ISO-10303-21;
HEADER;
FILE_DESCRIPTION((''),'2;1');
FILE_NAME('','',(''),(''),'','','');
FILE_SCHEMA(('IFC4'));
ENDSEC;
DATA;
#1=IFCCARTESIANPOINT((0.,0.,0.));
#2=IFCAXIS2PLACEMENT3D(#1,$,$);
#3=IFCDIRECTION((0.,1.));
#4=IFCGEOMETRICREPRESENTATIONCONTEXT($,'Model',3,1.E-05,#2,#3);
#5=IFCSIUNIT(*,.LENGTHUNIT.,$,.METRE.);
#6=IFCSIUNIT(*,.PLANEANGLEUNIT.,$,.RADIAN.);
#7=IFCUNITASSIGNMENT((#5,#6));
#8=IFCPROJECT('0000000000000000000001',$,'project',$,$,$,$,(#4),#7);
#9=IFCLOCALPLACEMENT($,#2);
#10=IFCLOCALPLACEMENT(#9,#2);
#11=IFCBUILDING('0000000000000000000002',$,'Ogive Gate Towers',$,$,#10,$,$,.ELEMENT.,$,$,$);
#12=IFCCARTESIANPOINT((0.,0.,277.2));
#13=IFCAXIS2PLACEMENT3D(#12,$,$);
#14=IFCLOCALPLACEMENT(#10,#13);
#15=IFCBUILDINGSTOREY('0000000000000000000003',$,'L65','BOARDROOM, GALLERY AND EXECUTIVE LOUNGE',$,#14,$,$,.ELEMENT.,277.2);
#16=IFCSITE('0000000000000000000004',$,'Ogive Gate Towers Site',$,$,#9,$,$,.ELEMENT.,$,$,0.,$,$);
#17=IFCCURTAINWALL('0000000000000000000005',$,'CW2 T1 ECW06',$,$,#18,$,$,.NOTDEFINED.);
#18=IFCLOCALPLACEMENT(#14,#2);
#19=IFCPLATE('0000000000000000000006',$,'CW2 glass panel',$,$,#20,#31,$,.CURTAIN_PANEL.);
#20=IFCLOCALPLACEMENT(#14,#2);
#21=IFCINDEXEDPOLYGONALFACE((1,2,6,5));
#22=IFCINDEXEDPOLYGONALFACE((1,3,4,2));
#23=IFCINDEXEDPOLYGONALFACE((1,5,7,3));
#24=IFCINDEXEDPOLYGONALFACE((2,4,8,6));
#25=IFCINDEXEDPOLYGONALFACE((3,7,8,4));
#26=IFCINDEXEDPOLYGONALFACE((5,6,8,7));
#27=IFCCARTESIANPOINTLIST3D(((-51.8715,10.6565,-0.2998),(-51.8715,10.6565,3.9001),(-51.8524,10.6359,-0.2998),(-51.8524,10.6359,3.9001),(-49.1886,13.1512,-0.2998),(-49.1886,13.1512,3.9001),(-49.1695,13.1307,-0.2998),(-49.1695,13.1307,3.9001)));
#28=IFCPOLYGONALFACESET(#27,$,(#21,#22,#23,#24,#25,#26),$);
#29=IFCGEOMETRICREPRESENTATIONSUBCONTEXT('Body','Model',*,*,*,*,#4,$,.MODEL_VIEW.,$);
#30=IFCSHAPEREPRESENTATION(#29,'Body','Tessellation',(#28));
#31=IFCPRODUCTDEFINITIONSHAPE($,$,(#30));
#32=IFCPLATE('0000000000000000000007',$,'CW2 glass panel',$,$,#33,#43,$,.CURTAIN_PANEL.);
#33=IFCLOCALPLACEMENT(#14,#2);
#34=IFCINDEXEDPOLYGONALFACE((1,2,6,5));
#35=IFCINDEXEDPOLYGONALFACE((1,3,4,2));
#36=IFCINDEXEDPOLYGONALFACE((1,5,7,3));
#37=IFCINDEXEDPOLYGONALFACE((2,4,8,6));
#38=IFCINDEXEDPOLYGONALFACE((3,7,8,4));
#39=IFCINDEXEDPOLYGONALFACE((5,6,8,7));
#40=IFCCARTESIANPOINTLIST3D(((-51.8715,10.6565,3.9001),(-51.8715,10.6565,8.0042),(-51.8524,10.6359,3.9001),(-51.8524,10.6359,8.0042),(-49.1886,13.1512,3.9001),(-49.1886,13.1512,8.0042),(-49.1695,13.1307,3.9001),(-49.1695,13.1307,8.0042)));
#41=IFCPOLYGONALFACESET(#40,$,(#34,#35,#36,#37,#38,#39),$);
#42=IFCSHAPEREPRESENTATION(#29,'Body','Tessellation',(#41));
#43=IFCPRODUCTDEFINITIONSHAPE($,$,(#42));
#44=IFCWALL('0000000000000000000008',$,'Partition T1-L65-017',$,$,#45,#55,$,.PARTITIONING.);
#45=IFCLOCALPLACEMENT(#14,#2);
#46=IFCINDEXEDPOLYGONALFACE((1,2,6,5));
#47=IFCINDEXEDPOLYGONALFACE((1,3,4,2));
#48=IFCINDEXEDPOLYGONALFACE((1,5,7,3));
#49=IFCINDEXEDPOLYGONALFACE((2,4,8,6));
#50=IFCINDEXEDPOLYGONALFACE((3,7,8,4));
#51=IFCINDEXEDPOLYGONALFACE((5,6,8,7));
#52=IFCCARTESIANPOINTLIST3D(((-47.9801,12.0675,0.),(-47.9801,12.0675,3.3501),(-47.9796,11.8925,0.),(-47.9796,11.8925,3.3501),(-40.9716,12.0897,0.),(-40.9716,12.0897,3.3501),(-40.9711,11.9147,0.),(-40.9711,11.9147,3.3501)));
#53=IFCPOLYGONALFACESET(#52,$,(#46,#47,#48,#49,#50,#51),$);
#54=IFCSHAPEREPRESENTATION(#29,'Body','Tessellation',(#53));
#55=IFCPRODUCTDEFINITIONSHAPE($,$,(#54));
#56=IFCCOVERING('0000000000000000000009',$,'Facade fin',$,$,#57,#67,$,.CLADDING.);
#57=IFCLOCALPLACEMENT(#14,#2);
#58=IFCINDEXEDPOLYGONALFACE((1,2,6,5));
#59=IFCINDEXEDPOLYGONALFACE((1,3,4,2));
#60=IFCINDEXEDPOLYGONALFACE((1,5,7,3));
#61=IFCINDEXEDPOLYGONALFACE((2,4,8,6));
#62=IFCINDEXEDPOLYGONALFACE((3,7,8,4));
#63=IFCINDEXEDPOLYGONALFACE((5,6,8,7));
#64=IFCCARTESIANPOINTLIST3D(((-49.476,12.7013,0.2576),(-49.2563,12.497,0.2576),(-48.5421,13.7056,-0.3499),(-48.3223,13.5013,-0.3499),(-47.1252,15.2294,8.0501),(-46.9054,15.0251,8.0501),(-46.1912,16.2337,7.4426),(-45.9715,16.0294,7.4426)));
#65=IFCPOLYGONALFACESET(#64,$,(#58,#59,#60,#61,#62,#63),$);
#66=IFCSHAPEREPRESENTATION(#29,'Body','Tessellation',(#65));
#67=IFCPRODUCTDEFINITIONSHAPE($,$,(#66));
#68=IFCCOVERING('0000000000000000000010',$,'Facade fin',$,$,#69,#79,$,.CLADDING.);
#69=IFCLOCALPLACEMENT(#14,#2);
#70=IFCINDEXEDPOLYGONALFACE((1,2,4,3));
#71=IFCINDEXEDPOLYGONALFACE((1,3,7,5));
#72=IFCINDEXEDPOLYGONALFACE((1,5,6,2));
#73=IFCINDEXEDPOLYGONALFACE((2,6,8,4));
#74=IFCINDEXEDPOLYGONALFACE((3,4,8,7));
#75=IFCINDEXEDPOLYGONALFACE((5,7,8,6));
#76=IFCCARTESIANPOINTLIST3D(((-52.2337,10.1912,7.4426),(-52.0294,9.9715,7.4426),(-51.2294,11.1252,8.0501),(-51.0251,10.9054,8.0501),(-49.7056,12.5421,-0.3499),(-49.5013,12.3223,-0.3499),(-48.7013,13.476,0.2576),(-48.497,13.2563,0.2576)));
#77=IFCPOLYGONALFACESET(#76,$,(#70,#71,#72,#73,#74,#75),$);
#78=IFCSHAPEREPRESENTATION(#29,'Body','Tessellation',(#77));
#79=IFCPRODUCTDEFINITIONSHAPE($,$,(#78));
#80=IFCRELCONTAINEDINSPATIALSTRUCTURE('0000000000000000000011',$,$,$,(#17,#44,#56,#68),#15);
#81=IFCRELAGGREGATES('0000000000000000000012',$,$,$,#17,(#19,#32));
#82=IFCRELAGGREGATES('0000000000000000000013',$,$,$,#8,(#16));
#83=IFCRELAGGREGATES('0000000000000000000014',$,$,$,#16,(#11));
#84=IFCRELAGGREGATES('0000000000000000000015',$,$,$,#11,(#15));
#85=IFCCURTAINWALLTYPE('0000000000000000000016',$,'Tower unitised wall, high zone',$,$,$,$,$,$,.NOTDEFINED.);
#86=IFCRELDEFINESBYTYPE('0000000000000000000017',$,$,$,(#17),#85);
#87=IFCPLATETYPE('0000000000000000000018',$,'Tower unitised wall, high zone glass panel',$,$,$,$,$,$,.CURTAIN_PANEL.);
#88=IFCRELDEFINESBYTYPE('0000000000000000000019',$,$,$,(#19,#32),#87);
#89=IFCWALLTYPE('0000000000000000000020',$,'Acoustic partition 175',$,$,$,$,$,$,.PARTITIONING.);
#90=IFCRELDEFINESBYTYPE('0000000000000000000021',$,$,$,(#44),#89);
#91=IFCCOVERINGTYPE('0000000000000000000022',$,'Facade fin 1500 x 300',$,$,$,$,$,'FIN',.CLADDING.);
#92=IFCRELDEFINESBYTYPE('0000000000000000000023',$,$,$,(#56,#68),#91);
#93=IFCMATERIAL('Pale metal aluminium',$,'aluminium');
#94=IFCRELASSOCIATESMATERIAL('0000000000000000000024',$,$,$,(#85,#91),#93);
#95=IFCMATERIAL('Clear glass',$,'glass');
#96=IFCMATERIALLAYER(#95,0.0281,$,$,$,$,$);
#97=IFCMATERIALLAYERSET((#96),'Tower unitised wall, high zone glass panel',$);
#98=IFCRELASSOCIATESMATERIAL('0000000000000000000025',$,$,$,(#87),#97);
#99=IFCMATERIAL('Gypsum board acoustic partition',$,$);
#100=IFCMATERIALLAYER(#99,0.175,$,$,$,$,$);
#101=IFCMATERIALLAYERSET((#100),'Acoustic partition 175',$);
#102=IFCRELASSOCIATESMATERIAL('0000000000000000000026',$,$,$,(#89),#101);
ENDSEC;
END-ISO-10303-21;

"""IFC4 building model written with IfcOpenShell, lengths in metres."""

from ifc_helpers import new_model, si_unit, direction, frame, frame_2d, origin, origin_2d, place, context, subcontext, project, spatial, rectangle, extrude, material, layer, layer_set, material_profile, profile_set, type_object, element, aggregate, save


model = new_model("IFC4")

# Units and contexts
model_context = context("Model", 3, precision=1e-05, world=origin(), true_north=direction((0.0, 1.0)))
body_context = subcontext(model_context, "Body", "Model", "MODEL_VIEW")
ifc_project = project(units=[si_unit("LENGTHUNIT", "METRE"), si_unit("PLANEANGLEUNIT", "RADIAN")], contexts=[model_context])

# Site, building, storey
site_placement = place(None, origin())
site = spatial("IfcSite", under=ifc_project, at=site_placement, Name="Ogive Gate Towers Site", CompositionType="ELEMENT", RefElevation=0.0)
building_placement = place(site_placement, origin())
building = spatial("IfcBuilding", under=site, at=building_placement, Name="Ogive Gate Towers", CompositionType="ELEMENT")
storey_placement = place(building_placement, frame((0.0, 0.0, 277.2)))
storey = spatial("IfcBuildingStorey", under=building, at=storey_placement, Name="L65", Description="BOARDROOM, GALLERY AND EXECUTIVE LOUNGE", CompositionType="ELEMENT", Elevation=277.2)

# Shared definitions
ifc_material_1 = material(Name="Pale metal aluminium", Category="aluminium")
curtain_wall_type = type_object("IfcCurtainWallType", Name="Tower unitised wall, high zone", PredefinedType="NOTDEFINED", material=ifc_material_1)

# Curtain wall
curtain_wall_1_placement = place(storey_placement, origin())
curtain_wall_1 = element("IfcCurtainWall", 1, at=curtain_wall_1_placement, inside=storey, type_object=curtain_wall_type, Name="CW2 T1 ECW06", PredefinedType="NOTDEFINED")

# Plates
ifc_material_2 = material(Name="Clear glass", Category="glass")
ifc_layer_1 = layer(ifc_material_2, 0.0281)
ifc_layer_set_1 = layer_set([ifc_layer_1], Name="Tower unitised wall, high zone glass panel")
plate_type = type_object("IfcPlateType", Name="Tower unitised wall, high zone glass panel", PredefinedType="CURTAIN_PANEL", material=ifc_layer_set_1)
plate_1_placement = place(storey_placement, frame((-50.5205, 11.8936, -0.2998), z_axis=(0.0, 0.0, 1.0), x_axis=(0.732317, 0.680964, 0.0)))
plate_1 = element("IfcPlate", 2, at=plate_1_placement, type_object=plate_type, Name="CW2 glass panel", PredefinedType="CURTAIN_PANEL", context=body_context, shape_type="SweptSolid", body=[
    extrude(rectangle(XDim=3.6636, YDim=0.0281, at=origin_2d()), origin(), (0.0, 0.0, 1.0), 4.2),
])
plate_2_placement = place(storey_placement, frame((-50.5205, 11.8936, 3.9001), z_axis=(0.0, 0.0, 1.0), x_axis=(0.732317, 0.680964, 0.0)))
plate_2 = element("IfcPlate", 3, at=plate_2_placement, type_object=plate_type, Name="CW2 glass panel", PredefinedType="CURTAIN_PANEL", context=body_context, shape_type="SweptSolid", body=[
    extrude(rectangle(XDim=3.6636, YDim=0.0281, at=origin_2d()), origin(), (0.0, 0.0, 1.0), 4.104),
])
aggregate(curtain_wall_1, [plate_1, plate_2])

# Wall
ifc_material_3 = material(Name="Gypsum board acoustic partition")
ifc_layer_2 = layer(ifc_material_3, 0.175)
ifc_layer_set_2 = layer_set([ifc_layer_2], Name="Acoustic partition 175")
wall_type = type_object("IfcWallType", Name="Acoustic partition 175", PredefinedType="PARTITIONING", material=ifc_layer_set_2)
wall_placement = place(storey_placement, frame((-47.98, 11.98, 0.0), z_axis=(0.0, 0.0, 1.0), x_axis=(0.999995, 0.00317, 0.0)))
element("IfcWall", 4, at=wall_placement, inside=storey, type_object=wall_type, Name="Partition T1-L65-017", PredefinedType="PARTITIONING", context=body_context, shape_type="SweptSolid", body=[
    extrude(rectangle(XDim=7.0085, YDim=0.175, at=frame_2d((3.5044, 0.0))), origin(), (0.0, 0.0, 1.0), 3.3501),
])

# Coverings
ifc_material_profile_1 = material_profile(ifc_material_1, rectangle(XDim=0.3, YDim=1.5, at=origin_2d()), Name="1500 x 300 pale metal aluminium")
ifc_profile_set_1 = profile_set([ifc_material_profile_1], Name="Pale metal aluminium")
covering_type = type_object("IfcCoveringType", Name="Facade fin 1500 x 300", ElementType="FIN", PredefinedType="CLADDING", material=ifc_profile_set_1)
for number, where, z_axis, x_axis, name in (
    (5, (-48.8992, 13.1013, -0.0461), (0.275824, 0.296621, 0.914296), (-0.732312, 0.680969, 0.0), "Facade fin"),
    (6, (-49.1013, 12.8992, -0.0461), (-0.296621, -0.275824, 0.914296), (0.680969, -0.732312, 0.0), "Facade fin"),
):
    element("IfcCovering", number, at=place(storey_placement, frame(where, z_axis=z_axis, x_axis=x_axis)), inside=storey, type_object=covering_type, Name=name, PredefinedType="CLADDING", context=body_context, shape_type="SweptSolid", body=[
        extrude(rectangle(XDim=0.3, YDim=1.5, at=origin_2d()), origin(), (0.0, 0.0, 1.0), 8.5229),
    ])

save(model, "model.ifc")
